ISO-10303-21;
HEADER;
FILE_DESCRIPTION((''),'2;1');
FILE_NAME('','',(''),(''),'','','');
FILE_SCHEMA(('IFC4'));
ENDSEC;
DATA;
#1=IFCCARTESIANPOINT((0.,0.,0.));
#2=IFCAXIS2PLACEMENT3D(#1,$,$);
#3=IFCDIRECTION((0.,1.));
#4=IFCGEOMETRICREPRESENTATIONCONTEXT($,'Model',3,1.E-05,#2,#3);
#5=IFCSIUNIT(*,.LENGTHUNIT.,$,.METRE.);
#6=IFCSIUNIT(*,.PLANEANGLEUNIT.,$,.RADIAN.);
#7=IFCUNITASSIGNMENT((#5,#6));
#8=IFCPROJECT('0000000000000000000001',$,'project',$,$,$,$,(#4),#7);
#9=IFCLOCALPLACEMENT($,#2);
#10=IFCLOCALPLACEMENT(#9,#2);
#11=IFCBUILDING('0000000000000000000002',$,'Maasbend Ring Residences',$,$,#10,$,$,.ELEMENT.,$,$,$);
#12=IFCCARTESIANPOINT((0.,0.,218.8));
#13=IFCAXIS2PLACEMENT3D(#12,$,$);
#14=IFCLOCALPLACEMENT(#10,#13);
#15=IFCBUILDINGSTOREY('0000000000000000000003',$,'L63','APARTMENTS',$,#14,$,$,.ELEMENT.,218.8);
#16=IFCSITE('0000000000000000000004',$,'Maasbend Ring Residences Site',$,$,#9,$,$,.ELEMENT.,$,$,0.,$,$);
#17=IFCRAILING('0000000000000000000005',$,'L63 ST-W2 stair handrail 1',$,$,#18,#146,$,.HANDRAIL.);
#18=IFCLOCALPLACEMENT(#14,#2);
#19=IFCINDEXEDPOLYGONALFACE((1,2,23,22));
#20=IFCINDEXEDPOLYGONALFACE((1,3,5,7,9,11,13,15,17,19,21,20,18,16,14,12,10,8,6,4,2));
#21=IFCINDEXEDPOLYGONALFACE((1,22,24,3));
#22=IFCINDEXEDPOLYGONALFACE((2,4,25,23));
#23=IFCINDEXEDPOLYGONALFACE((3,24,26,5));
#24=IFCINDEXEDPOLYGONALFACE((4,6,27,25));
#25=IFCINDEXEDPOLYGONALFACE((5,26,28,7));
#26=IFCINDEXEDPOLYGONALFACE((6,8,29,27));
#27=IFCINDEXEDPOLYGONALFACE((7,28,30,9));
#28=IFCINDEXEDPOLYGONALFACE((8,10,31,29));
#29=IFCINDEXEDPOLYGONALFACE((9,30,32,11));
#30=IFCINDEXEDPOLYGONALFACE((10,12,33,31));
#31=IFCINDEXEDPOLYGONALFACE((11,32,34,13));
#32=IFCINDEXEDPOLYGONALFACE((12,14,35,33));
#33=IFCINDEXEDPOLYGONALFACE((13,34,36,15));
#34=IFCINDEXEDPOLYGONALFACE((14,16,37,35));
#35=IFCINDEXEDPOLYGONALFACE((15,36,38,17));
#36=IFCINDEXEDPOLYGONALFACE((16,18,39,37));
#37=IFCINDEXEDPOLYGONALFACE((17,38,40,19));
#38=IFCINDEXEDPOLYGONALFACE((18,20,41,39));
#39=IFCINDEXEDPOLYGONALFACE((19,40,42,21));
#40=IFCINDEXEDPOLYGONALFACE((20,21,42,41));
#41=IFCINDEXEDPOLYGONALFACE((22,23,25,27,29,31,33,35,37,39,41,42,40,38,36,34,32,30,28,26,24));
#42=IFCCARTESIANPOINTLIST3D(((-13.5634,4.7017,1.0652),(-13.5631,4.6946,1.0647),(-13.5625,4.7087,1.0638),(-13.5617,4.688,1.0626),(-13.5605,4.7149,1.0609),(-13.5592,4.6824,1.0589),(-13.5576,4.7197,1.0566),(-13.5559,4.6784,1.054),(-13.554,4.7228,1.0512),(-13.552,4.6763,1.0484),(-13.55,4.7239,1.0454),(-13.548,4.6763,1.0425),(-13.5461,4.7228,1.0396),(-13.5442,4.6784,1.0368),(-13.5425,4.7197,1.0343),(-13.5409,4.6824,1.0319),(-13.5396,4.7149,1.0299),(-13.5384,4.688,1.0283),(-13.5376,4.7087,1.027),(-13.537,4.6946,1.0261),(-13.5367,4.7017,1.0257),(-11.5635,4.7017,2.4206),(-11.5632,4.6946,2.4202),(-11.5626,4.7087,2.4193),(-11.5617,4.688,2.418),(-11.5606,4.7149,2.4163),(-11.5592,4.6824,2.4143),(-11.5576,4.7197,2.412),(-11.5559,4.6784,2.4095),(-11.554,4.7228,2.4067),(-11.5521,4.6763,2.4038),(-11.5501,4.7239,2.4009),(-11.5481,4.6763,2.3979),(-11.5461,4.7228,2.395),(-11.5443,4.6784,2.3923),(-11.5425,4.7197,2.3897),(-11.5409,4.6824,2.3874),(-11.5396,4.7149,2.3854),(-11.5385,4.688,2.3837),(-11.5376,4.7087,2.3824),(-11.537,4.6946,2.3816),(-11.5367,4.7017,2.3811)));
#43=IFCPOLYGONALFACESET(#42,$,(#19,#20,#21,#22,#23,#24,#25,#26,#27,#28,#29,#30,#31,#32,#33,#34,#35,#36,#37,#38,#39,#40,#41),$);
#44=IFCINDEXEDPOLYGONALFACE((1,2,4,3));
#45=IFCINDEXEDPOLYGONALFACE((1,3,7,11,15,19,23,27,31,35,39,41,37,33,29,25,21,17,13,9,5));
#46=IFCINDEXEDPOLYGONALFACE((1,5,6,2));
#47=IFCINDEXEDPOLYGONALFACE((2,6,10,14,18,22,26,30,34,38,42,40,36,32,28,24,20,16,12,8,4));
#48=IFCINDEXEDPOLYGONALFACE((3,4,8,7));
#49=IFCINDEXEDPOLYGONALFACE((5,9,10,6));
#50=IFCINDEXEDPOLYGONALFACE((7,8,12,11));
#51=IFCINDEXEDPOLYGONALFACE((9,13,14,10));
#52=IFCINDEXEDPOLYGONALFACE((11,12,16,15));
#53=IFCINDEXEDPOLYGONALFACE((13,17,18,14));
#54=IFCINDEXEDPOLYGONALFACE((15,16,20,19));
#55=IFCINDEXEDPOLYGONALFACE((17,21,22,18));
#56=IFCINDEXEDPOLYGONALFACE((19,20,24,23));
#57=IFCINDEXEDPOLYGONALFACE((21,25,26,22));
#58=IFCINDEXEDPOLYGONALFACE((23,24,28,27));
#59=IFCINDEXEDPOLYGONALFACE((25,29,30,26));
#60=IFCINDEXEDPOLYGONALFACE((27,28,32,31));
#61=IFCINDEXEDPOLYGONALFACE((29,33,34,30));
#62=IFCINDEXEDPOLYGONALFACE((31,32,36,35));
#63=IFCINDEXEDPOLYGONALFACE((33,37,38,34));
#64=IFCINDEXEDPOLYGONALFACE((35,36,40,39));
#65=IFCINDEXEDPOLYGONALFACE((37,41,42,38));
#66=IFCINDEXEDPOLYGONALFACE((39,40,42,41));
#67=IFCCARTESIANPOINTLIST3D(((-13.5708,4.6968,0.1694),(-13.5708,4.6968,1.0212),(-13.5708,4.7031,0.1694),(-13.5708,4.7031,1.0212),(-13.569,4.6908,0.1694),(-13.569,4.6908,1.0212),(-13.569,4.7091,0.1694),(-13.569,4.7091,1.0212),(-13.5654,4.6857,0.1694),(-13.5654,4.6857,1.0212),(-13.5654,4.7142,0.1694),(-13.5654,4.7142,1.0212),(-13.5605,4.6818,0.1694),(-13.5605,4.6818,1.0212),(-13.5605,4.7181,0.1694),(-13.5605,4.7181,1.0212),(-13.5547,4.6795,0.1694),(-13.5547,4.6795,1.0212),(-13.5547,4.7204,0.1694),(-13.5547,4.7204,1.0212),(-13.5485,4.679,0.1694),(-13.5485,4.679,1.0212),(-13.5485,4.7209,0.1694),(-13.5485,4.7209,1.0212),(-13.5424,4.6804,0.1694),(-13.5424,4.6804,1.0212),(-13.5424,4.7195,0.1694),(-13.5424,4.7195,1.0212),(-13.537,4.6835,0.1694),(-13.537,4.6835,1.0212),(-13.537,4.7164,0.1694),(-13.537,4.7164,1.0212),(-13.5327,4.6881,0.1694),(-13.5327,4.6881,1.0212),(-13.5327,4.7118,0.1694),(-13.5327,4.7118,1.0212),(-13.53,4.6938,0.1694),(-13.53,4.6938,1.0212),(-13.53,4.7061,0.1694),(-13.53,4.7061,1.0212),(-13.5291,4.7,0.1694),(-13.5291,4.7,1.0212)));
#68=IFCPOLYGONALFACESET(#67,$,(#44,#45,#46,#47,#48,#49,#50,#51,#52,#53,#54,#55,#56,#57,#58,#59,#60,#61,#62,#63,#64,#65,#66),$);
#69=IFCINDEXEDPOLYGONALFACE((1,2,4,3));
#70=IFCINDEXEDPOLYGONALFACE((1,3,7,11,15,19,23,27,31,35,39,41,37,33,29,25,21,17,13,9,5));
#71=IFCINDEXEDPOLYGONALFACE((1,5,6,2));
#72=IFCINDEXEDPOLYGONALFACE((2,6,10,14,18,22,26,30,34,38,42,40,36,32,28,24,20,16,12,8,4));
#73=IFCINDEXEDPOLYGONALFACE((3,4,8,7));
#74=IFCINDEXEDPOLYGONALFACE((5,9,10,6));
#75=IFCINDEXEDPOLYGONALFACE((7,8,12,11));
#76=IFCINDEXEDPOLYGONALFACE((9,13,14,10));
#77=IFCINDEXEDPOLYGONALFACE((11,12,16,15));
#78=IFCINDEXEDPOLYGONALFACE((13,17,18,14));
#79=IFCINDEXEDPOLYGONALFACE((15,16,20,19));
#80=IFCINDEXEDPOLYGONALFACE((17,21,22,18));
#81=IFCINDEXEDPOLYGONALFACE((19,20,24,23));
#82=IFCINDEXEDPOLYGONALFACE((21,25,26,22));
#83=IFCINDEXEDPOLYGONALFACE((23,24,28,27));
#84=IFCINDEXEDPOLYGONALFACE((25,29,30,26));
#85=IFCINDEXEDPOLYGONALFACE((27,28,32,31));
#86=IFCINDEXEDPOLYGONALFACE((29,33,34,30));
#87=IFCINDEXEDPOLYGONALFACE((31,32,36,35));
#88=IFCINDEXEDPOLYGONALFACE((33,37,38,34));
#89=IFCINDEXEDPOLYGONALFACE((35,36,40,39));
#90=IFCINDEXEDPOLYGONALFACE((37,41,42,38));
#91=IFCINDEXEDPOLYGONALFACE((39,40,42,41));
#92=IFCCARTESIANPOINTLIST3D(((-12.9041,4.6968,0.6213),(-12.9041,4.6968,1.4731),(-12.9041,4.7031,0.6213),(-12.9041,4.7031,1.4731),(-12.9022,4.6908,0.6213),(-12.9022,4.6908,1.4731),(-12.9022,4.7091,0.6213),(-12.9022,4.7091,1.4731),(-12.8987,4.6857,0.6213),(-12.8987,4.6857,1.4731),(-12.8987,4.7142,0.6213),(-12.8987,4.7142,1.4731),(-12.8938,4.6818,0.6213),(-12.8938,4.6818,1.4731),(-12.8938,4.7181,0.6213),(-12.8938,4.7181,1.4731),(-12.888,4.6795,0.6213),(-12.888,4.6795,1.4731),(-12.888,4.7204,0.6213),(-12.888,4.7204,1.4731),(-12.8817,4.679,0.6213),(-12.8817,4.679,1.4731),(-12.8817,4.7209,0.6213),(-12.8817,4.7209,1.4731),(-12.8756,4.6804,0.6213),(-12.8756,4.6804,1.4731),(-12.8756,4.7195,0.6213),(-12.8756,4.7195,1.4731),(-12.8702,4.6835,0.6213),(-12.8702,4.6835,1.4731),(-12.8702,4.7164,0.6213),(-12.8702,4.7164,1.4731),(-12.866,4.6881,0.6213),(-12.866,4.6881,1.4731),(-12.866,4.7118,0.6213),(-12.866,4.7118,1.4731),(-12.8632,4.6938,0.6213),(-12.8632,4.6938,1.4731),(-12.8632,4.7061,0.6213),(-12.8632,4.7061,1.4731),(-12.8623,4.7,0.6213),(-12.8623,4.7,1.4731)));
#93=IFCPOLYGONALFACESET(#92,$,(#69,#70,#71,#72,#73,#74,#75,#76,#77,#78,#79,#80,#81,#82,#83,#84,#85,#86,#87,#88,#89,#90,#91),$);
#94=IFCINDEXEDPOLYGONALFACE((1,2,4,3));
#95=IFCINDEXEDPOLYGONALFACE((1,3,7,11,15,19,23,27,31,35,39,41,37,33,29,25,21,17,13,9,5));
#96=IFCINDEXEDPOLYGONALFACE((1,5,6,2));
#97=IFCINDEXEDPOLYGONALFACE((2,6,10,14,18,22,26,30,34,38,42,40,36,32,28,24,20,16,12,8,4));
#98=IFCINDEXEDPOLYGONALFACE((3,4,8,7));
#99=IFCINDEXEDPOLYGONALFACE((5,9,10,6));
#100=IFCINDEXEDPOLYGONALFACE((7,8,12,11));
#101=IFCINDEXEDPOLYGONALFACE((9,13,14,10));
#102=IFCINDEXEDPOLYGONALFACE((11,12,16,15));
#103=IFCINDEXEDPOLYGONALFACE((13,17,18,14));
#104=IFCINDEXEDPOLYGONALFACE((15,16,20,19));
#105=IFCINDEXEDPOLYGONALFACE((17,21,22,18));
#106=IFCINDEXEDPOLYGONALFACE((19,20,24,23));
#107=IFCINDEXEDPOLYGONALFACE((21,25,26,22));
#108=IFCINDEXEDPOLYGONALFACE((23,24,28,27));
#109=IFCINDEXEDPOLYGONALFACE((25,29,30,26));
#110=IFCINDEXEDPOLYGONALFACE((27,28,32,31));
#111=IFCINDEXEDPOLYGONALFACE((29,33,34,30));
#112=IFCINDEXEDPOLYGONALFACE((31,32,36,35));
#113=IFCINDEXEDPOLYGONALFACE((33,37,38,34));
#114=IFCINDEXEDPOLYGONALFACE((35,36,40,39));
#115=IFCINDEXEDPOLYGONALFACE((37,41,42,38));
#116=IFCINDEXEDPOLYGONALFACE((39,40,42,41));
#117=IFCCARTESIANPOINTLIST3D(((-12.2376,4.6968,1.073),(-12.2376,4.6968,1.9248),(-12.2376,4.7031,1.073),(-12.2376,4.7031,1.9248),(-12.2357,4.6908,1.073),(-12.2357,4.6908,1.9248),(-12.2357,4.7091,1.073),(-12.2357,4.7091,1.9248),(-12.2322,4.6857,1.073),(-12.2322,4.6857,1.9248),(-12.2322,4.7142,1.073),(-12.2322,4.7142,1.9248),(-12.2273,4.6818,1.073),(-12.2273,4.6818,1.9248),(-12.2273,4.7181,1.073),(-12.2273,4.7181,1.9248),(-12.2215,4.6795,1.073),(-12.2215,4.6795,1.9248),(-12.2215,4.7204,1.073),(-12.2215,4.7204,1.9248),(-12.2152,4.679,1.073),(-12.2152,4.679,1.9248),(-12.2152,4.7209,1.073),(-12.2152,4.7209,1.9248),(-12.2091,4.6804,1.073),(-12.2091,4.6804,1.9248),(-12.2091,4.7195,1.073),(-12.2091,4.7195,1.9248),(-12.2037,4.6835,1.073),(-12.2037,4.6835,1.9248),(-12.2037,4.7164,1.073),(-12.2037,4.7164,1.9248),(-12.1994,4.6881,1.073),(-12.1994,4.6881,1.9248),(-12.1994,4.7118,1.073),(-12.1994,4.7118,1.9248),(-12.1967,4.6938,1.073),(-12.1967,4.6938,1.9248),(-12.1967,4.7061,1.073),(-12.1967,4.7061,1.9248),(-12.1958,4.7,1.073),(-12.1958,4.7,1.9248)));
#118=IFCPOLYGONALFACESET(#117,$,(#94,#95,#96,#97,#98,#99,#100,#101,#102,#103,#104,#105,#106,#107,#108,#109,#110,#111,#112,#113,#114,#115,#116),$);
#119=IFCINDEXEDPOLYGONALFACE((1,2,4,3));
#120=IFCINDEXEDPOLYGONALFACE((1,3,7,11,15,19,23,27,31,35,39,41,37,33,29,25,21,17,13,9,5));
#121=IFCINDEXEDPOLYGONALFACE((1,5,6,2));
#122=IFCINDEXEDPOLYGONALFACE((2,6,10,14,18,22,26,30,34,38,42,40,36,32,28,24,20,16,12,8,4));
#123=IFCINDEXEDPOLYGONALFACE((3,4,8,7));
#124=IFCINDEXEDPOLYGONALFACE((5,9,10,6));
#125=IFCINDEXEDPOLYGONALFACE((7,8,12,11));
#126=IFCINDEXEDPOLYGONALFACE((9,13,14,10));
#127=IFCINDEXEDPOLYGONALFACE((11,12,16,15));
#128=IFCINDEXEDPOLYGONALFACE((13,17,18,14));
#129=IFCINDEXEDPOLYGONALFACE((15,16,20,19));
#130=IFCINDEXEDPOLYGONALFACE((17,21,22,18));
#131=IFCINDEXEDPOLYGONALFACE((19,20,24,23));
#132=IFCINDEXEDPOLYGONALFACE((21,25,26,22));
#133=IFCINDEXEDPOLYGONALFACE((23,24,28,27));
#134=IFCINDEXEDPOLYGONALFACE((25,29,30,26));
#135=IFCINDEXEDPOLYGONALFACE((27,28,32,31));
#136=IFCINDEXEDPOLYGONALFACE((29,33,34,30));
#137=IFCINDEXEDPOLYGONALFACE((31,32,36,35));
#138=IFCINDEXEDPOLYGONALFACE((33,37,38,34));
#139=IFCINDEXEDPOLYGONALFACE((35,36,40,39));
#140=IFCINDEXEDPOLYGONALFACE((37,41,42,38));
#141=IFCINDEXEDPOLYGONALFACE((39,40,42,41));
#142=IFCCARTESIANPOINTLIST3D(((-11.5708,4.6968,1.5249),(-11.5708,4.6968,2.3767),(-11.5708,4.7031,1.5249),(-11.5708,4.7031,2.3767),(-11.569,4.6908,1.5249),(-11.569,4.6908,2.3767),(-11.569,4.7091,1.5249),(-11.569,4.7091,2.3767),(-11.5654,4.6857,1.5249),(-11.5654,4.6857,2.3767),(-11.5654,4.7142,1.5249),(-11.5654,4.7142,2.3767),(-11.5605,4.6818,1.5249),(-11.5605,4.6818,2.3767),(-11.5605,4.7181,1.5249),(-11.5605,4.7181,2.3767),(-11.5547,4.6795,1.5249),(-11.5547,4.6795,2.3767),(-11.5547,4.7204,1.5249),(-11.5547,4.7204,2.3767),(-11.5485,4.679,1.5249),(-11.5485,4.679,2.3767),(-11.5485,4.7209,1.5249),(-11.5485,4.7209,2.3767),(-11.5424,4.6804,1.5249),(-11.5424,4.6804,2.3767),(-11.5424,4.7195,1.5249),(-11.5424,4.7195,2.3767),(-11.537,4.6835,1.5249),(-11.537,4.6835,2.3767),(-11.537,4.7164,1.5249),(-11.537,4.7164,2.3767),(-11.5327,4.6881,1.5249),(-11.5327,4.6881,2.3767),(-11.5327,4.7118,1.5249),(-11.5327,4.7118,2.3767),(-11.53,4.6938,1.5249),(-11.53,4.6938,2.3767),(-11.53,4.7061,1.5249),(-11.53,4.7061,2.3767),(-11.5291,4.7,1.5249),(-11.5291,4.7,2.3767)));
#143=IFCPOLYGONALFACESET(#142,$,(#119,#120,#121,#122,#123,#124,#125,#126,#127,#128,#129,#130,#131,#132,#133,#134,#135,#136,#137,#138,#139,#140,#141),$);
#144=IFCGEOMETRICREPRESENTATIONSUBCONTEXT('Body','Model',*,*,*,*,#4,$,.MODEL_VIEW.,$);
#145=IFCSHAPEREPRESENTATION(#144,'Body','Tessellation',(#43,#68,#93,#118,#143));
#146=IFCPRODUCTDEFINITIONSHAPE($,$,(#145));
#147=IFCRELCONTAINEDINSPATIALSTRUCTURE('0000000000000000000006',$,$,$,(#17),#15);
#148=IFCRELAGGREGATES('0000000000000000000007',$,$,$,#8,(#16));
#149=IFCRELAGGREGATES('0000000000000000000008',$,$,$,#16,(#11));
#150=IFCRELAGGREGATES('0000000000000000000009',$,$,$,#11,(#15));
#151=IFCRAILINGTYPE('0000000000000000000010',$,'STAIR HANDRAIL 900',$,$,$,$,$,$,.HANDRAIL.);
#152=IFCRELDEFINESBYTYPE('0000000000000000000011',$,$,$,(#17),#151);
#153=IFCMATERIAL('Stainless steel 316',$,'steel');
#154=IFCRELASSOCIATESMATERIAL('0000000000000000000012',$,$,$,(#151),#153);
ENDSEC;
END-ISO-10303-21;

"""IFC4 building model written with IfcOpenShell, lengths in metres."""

from ifc_helpers import new_model, si_unit, direction, frame, origin, origin_2d, place, context, subcontext, project, spatial, circle, extrude, material, type_object, element, save


model = new_model("IFC4")

# Units and contexts
model_context = context("Model", 3, precision=1e-05, world=origin(), true_north=direction((0.0, 1.0)))
body_context = subcontext(model_context, "Body", "Model", "MODEL_VIEW")
ifc_project = project(units=[si_unit("LENGTHUNIT", "METRE"), si_unit("PLANEANGLEUNIT", "RADIAN")], contexts=[model_context])

# Site, building, storey
site_placement = place(None, origin())
site = spatial("IfcSite", under=ifc_project, at=site_placement, Name="Maasbend Ring Residences Site", CompositionType="ELEMENT", RefElevation=0.0)
building_placement = place(site_placement, origin())
building = spatial("IfcBuilding", under=site, at=building_placement, Name="Maasbend Ring Residences", CompositionType="ELEMENT")
storey_placement = place(building_placement, frame((0.0, 0.0, 218.8)))
storey = spatial("IfcBuildingStorey", under=building, at=storey_placement, Name="L63", Description="APARTMENTS", CompositionType="ELEMENT", Elevation=218.8)

# Railing
ifc_material_1 = material(Name="Stainless steel 316", Category="steel")
railing_type_1 = type_object("IfcRailingType", Name="STAIR HANDRAIL 900", PredefinedType="HANDRAIL", material=ifc_material_1)
railing_1_placement = place(storey_placement, frame((-13.55, 4.7, 0.1694)))
element("IfcRailing", 1, at=railing_1_placement, inside=storey, type_object=railing_type_1, Name="L63 ST-W2 stair handrail 1", PredefinedType="HANDRAIL", context=body_context, shape_type="SweptSolid", body=[
    extrude(circle(Radius=0.0239, at=origin_2d()), frame((0.0, 0.0, 0.876), z_axis=(0.827798, 0.0, 0.561027), x_axis=(0.0, 1.0, 0.0)), (0.0, 0.0, 1.0), 2.416),
    extrude(circle(Radius=0.021, at=origin_2d()), origin(), (0.0, 0.0, 1.0), 0.8518),
    extrude(circle(Radius=0.021, at=origin_2d()), frame((0.6667, 0.0, 0.4519)), (0.0, 0.0, 1.0), 0.8518),
    extrude(circle(Radius=0.021, at=origin_2d()), frame((1.3333, 0.0, 0.9036)), (0.0, 0.0, 1.0), 0.8518),
    extrude(circle(Radius=0.021, at=origin_2d()), frame((2.0, 0.0, 1.3555)), (0.0, 0.0, 1.0), 0.8518),
])

save(model, "model.ifc")
